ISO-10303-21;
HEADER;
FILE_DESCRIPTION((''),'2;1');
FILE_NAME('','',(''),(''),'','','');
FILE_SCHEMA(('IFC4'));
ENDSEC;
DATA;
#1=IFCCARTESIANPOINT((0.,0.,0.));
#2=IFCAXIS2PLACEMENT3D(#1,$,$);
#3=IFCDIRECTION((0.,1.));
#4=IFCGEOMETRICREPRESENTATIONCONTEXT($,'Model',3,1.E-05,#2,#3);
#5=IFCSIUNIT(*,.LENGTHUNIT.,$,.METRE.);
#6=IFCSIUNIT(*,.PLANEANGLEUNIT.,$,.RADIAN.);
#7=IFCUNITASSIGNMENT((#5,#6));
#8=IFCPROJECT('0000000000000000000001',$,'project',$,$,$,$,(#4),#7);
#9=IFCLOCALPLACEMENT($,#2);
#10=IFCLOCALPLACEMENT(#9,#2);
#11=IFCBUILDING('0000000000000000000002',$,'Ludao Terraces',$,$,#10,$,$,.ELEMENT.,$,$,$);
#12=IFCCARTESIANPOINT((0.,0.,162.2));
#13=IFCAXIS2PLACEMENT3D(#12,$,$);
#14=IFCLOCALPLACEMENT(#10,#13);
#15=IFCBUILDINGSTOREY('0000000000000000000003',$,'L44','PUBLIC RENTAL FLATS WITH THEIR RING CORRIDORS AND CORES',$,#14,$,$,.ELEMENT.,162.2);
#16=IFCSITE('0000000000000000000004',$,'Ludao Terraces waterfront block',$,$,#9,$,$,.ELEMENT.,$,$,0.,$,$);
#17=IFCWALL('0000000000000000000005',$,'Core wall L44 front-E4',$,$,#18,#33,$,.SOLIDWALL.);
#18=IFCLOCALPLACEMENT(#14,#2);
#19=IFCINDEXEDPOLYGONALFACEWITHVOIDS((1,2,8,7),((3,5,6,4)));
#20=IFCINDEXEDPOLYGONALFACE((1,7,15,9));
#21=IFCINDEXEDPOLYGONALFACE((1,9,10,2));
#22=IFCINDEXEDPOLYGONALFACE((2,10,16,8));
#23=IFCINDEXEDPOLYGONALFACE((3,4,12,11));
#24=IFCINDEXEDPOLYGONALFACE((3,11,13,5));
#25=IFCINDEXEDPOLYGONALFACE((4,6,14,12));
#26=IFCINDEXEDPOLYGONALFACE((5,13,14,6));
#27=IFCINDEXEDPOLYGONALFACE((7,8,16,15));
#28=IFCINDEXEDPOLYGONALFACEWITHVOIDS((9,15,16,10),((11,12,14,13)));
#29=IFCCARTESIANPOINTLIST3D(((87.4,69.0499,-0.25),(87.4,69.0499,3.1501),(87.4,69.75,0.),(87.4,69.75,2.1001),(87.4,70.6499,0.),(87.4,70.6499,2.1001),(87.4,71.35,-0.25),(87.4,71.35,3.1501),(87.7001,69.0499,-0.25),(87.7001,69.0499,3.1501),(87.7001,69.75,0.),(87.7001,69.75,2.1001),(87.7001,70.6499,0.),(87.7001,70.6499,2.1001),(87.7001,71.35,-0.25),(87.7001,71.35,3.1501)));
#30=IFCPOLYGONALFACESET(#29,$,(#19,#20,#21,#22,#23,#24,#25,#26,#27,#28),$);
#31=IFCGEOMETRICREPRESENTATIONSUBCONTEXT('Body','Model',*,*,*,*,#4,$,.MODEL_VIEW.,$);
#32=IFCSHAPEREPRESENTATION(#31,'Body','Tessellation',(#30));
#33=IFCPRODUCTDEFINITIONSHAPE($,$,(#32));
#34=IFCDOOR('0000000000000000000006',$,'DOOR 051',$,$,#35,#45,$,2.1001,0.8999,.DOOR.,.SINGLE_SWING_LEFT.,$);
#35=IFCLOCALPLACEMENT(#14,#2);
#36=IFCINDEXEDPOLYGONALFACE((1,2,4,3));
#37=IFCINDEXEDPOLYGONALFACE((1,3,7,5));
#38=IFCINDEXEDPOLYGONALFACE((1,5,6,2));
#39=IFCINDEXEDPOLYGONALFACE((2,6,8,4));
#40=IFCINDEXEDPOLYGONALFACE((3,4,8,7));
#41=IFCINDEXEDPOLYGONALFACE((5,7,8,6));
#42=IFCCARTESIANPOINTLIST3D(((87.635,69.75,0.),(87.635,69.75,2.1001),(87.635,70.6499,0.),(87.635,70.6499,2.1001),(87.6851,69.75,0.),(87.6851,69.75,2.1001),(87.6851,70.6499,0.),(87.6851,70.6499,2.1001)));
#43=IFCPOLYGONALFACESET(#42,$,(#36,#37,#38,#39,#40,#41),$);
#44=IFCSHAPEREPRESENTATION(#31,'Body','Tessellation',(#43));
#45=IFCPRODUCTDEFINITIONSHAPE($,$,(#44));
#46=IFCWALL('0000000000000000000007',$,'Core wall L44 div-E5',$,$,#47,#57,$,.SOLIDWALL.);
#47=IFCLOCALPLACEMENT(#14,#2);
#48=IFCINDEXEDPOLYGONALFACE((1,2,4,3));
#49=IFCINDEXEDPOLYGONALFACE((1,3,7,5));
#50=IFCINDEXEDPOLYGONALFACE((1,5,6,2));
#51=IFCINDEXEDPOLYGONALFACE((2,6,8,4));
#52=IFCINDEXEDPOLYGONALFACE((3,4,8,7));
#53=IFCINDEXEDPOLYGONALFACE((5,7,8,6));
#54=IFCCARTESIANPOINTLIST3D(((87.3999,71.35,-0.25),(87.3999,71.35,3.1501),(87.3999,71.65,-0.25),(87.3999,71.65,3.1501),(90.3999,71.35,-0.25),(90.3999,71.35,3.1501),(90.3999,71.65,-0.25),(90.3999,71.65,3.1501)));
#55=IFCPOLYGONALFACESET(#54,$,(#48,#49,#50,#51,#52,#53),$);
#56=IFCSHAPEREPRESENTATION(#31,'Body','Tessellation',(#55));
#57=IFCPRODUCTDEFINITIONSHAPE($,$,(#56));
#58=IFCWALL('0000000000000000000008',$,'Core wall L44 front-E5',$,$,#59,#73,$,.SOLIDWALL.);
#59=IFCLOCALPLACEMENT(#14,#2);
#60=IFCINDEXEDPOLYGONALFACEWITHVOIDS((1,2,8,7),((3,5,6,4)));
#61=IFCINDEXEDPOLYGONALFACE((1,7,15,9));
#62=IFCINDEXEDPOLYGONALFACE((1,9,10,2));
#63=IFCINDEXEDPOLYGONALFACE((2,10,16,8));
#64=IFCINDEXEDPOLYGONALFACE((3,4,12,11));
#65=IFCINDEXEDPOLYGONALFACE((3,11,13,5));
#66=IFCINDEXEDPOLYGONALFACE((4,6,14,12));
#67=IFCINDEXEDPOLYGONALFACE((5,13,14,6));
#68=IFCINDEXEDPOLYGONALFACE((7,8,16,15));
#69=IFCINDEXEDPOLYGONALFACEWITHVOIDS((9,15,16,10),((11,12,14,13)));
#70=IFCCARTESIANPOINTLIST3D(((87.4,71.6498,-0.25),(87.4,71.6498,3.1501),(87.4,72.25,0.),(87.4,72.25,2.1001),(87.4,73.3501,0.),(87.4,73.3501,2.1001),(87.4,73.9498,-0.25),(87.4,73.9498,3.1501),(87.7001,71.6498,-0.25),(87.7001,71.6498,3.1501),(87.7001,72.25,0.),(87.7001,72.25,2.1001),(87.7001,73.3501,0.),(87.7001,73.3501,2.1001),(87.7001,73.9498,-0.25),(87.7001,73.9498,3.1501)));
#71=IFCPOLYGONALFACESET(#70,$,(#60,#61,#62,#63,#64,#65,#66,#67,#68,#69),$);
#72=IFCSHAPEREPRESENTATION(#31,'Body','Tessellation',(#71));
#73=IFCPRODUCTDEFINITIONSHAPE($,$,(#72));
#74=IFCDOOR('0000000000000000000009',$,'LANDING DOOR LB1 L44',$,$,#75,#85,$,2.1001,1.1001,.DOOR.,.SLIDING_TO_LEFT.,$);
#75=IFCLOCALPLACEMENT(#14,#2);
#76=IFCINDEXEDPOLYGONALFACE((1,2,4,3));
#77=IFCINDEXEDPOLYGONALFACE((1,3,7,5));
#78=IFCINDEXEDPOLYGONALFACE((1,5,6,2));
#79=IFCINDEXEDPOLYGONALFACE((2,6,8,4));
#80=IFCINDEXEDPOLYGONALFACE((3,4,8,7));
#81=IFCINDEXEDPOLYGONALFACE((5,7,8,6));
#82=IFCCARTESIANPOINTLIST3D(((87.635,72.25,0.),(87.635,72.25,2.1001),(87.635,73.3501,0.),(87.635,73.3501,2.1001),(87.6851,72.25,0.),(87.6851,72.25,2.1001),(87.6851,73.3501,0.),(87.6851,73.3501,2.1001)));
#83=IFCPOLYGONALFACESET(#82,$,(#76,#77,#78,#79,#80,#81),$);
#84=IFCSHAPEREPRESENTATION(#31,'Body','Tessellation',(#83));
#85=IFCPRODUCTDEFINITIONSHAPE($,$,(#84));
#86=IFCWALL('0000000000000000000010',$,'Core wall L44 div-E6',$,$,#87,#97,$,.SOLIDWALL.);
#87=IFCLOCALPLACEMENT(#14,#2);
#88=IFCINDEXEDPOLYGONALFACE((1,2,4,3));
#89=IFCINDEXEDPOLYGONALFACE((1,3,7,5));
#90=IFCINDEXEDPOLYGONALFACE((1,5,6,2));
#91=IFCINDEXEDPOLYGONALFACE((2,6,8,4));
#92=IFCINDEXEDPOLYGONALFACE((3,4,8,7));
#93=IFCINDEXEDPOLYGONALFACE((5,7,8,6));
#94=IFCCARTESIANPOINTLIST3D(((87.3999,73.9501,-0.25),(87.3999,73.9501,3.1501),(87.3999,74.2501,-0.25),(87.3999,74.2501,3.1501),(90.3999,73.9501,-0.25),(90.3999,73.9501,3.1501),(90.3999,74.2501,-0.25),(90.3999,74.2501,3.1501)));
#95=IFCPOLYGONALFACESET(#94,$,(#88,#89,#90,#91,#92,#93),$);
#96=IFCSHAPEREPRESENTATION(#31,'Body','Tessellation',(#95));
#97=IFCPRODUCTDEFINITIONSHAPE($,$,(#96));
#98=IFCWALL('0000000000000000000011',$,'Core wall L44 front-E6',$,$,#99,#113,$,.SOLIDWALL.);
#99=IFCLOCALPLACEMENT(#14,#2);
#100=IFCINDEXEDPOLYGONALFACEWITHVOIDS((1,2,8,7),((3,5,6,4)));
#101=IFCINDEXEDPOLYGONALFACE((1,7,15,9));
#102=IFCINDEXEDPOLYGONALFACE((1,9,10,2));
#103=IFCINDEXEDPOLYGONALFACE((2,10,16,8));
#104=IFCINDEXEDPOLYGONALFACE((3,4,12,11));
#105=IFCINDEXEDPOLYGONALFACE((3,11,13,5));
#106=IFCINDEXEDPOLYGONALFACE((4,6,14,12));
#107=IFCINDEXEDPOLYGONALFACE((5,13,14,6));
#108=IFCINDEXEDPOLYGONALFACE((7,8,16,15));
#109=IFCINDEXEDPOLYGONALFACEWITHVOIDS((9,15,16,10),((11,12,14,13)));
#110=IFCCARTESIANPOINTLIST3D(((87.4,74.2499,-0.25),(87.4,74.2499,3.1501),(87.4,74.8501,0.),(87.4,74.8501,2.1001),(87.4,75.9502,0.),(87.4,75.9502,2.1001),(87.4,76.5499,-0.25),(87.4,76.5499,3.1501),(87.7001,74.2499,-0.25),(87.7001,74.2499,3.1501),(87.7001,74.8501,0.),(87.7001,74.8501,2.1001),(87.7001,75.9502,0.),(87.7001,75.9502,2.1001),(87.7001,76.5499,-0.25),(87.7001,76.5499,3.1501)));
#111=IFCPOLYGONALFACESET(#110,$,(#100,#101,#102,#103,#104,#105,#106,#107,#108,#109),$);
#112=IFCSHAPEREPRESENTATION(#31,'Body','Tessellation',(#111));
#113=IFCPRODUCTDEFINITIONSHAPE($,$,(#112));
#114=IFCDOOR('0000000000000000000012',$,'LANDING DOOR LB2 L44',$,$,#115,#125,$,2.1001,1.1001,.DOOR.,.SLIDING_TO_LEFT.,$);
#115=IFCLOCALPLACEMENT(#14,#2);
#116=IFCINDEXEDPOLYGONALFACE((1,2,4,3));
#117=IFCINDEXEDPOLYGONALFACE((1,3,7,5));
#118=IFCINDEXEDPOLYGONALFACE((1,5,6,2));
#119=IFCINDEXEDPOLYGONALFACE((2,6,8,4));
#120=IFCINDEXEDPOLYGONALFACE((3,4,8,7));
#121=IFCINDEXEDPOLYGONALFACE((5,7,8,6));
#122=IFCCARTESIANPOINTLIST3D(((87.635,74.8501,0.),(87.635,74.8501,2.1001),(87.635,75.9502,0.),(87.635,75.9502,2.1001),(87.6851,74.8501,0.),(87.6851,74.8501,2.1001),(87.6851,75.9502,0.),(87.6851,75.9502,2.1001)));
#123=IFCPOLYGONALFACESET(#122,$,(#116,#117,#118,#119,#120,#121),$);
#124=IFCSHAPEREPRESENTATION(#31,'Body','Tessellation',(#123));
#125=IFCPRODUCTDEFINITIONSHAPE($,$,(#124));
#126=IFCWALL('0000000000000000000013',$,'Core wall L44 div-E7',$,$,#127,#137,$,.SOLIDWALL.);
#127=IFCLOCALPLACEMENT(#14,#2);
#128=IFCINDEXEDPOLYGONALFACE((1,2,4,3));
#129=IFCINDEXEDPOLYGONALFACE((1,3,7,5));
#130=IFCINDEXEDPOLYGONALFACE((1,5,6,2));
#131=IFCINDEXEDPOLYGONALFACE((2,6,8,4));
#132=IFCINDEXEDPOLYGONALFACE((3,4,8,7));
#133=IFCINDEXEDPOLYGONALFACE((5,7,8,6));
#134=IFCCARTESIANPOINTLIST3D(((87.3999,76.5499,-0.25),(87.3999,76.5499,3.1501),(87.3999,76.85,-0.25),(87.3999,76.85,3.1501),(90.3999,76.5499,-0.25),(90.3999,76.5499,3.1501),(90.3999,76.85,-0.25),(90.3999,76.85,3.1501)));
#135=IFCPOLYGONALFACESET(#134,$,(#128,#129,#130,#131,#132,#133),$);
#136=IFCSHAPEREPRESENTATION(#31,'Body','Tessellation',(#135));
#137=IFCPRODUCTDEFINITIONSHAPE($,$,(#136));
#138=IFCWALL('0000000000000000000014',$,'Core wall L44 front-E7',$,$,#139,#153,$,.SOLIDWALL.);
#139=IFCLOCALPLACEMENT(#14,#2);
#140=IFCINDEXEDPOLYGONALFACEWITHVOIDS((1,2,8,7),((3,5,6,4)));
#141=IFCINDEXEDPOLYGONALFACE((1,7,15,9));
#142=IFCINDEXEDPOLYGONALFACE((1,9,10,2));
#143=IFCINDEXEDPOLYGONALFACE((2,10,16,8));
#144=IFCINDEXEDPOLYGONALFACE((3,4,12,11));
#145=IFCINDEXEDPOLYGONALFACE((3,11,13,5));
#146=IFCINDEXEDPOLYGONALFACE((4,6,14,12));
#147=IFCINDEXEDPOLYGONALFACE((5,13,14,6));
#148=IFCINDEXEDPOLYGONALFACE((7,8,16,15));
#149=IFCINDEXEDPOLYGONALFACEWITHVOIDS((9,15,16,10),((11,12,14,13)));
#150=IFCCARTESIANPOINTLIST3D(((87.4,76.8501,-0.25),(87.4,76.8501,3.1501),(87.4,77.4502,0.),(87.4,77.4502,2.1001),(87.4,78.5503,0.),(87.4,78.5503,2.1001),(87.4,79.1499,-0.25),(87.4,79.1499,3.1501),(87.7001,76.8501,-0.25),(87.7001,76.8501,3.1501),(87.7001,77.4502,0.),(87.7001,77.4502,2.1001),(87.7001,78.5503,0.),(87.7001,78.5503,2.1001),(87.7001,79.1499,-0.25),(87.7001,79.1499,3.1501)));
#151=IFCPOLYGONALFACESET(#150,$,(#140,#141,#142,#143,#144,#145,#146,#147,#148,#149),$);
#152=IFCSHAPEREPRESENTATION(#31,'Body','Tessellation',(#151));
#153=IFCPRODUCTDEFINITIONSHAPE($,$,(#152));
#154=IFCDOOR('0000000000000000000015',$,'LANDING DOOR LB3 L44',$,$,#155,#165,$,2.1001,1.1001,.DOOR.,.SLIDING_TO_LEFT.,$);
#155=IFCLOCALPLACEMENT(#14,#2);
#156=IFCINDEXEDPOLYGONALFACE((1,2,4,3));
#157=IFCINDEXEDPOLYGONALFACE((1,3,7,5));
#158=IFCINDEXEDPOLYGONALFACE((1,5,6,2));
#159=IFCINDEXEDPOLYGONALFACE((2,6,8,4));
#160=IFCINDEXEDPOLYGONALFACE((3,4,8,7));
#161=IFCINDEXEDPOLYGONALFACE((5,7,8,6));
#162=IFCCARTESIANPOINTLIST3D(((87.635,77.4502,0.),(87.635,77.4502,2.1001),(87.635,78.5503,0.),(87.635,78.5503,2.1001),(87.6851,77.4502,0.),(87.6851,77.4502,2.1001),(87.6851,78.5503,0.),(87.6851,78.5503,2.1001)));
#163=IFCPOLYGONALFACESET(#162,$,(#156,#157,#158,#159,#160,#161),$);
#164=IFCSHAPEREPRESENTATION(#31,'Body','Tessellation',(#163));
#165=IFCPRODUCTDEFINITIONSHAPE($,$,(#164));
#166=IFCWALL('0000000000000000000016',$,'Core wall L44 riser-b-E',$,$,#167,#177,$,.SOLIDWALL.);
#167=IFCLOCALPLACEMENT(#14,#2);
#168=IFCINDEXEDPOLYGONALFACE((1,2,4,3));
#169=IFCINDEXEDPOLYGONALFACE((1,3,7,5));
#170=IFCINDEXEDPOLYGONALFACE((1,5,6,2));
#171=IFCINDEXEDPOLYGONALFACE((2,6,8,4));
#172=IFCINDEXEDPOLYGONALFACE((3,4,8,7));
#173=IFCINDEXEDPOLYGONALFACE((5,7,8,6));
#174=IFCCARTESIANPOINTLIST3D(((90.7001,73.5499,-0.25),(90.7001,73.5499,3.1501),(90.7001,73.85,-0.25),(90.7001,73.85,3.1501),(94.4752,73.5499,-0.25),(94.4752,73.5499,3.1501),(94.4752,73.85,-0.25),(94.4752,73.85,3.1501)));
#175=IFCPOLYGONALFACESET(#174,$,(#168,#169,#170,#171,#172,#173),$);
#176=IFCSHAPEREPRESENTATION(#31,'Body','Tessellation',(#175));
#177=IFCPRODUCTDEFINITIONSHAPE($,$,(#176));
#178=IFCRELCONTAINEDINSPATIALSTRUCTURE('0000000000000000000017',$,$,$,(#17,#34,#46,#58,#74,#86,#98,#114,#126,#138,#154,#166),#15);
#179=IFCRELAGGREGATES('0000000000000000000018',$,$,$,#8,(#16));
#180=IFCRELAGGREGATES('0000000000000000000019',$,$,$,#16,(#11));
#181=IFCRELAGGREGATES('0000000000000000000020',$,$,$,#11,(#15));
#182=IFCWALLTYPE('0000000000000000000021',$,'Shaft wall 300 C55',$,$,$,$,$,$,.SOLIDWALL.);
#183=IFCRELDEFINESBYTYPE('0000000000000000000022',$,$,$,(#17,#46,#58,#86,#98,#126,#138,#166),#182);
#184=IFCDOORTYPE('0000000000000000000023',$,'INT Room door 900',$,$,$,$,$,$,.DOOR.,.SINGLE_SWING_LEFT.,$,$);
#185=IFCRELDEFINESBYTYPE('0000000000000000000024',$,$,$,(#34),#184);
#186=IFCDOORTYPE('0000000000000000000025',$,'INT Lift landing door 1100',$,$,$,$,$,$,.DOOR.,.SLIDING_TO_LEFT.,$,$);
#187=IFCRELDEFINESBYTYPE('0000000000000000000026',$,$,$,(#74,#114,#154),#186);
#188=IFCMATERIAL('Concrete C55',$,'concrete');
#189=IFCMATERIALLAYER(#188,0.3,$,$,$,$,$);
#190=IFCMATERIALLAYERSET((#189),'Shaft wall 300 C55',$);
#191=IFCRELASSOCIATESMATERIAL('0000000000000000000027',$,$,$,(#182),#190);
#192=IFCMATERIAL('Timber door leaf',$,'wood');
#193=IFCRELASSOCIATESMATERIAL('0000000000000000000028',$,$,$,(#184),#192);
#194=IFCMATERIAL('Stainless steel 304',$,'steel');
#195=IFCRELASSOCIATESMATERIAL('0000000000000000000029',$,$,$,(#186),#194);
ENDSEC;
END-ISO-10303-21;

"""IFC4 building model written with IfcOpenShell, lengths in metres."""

from ifc_helpers import new_model, si_unit, direction, frame, frame_2d, origin, place, context, subcontext, project, spatial, rectangle, extrude, material, layer, layer_set, type_object, element, fill, save


model = new_model("IFC4")

# Units and contexts
model_context = context("Model", 3, precision=1e-05, world=origin(), true_north=direction((0.0, 1.0)))
body_context = subcontext(model_context, "Body", "Model", "MODEL_VIEW")
ifc_project = project(units=[si_unit("LENGTHUNIT", "METRE"), si_unit("PLANEANGLEUNIT", "RADIAN")], contexts=[model_context])

# Site, building, storey
site_placement = place(None, origin())
site = spatial("IfcSite", under=ifc_project, at=site_placement, Name="Ludao Terraces waterfront block", CompositionType="ELEMENT", RefElevation=0.0)
building_placement = place(site_placement, origin())
building = spatial("IfcBuilding", under=site, at=building_placement, Name="Ludao Terraces", CompositionType="ELEMENT")
storey_placement = place(building_placement, frame((0.0, 0.0, 162.2)))
storey = spatial("IfcBuildingStorey", under=building, at=storey_placement, Name="L44", Description="PUBLIC RENTAL FLATS WITH THEIR RING CORRIDORS AND CORES", CompositionType="ELEMENT", Elevation=162.2)

# Shared definitions
ifc_material_1 = material(Name="Concrete C55", Category="concrete")
ifc_layer_1 = layer(ifc_material_1, 0.3)
ifc_layer_set_1 = layer_set([ifc_layer_1], Name="Shaft wall 300 C55")
wall_type_1 = type_object("IfcWallType", Name="Shaft wall 300 C55", PredefinedType="SOLIDWALL", material=ifc_layer_set_1)

# Shared definitions
ifc_material_2 = material(Name="Timber door leaf", Category="wood")
door_type_1 = type_object("IfcDoorType", Name="INT Room door 900", OperationType="SINGLE_SWING_LEFT", PredefinedType="DOOR", material=ifc_material_2)

# Wall, opening, door
wall_1_placement = place(storey_placement, frame((87.55, 69.05, -0.25), z_axis=(0.0, 0.0, 1.0), x_axis=(0.0, 1.0, 0.0)))
wall_1 = element("IfcWall", 1, at=wall_1_placement, inside=storey, type_object=wall_type_1, Name="Core wall L44 front-E4", PredefinedType="SOLIDWALL", context=body_context, shape_type="SweptSolid", body=[
    extrude(rectangle(XDim=2.3, YDim=0.3, at=frame_2d((1.1499, 0.0))), origin(), (0.0, 0.0, 1.0), 3.4001),
])
opening_1_placement = place(wall_1_placement, frame((0.7, 0.0, 0.25)))
opening_1 = element("IfcOpeningElement", 2, at=opening_1_placement, cuts=wall_1, PredefinedType="OPENING", context=body_context, shape_type="SweptSolid", body=[
    extrude(rectangle(XDim=0.8999, YDim=2.1001, at=frame_2d((0.45, 1.05))), frame((0.0, 0.1602, 0.0), z_axis=(0.0, -1.0, 0.0), x_axis=(1.0, 0.0, 0.0)), (0.0, 0.0, 1.0), 0.3201),
])
door_1_placement = place(opening_1_placement, origin())
door_1 = element("IfcDoor", 3, at=door_1_placement, inside=storey, type_object=door_type_1, Name="DOOR 051", OperationType="SINGLE_SWING_LEFT", OverallHeight=2.1001, OverallWidth=0.8999, PredefinedType="DOOR", context=body_context, shape_type="SweptSolid", body=[
    extrude(rectangle(XDim=0.8999, YDim=2.1001, at=frame_2d((0.45, 1.05))), frame((0.0, -0.085, 0.0), z_axis=(0.0, -1.0, 0.0), x_axis=(1.0, 0.0, 0.0)), (0.0, 0.0, 1.0), 0.05),
])
fill(opening_1, door_1)

# Wall
wall_2_placement = place(storey_placement, frame((87.3999, 71.5, -0.25), z_axis=(0.0, 0.0, 1.0), x_axis=(1.0, 0.0, 0.0)))
element("IfcWall", 4, at=wall_2_placement, inside=storey, type_object=wall_type_1, Name="Core wall L44 div-E5", PredefinedType="SOLIDWALL", context=body_context, shape_type="SweptSolid", body=[
    extrude(rectangle(XDim=3.0, YDim=0.3, at=frame_2d((1.5, 0.0))), origin(), (0.0, 0.0, 1.0), 3.4001),
])

# Wall, opening, door
wall_3_placement = place(storey_placement, frame((87.55, 71.6499, -0.25), z_axis=(0.0, 0.0, 1.0), x_axis=(0.0, 1.0, 0.0)))
wall_3 = element("IfcWall", 5, at=wall_3_placement, inside=storey, type_object=wall_type_1, Name="Core wall L44 front-E5", PredefinedType="SOLIDWALL", context=body_context, shape_type="SweptSolid", body=[
    extrude(rectangle(XDim=2.3, YDim=0.3, at=frame_2d((1.1499, 0.0))), origin(), (0.0, 0.0, 1.0), 3.4001),
])
opening_2_placement = place(wall_3_placement, frame((0.6001, 0.0, 0.25)))
opening_2 = element("IfcOpeningElement", 6, at=opening_2_placement, cuts=wall_3, PredefinedType="OPENING", context=body_context, shape_type="SweptSolid", body=[
    extrude(rectangle(XDim=1.1001, YDim=2.1001, at=frame_2d((0.55, 1.05))), frame((0.0, 0.1602, 0.0), z_axis=(0.0, -1.0, 0.0), x_axis=(1.0, 0.0, 0.0)), (0.0, 0.0, 1.0), 0.3201),
])
ifc_material_3 = material(Name="Stainless steel 304", Category="steel")
door_type_2 = type_object("IfcDoorType", Name="INT Lift landing door 1100", OperationType="SLIDING_TO_LEFT", PredefinedType="DOOR", material=ifc_material_3)
door_2_placement = place(opening_2_placement, origin())
door_2 = element("IfcDoor", 7, at=door_2_placement, inside=storey, type_object=door_type_2, Name="LANDING DOOR LB1 L44", OperationType="SLIDING_TO_LEFT", OverallHeight=2.1001, OverallWidth=1.1001, PredefinedType="DOOR", context=body_context, shape_type="SweptSolid", body=[
    extrude(rectangle(XDim=1.1001, YDim=2.1001, at=frame_2d((0.55, 1.05))), frame((0.0, -0.085, 0.0), z_axis=(0.0, -1.0, 0.0), x_axis=(1.0, 0.0, 0.0)), (0.0, 0.0, 1.0), 0.05),
])
fill(opening_2, door_2)

# Wall
wall_4_placement = place(storey_placement, frame((87.3999, 74.1001, -0.25), z_axis=(0.0, 0.0, 1.0), x_axis=(1.0, 0.0, 0.0)))
element("IfcWall", 8, at=wall_4_placement, inside=storey, type_object=wall_type_1, Name="Core wall L44 div-E6", PredefinedType="SOLIDWALL", context=body_context, shape_type="SweptSolid", body=[
    extrude(rectangle(XDim=3.0, YDim=0.3, at=frame_2d((1.5, 0.0))), origin(), (0.0, 0.0, 1.0), 3.4001),
])

# Wall, opening, door
wall_5_placement = place(storey_placement, frame((87.55, 74.25, -0.25), z_axis=(0.0, 0.0, 1.0), x_axis=(0.0, 1.0, 0.0)))
wall_5 = element("IfcWall", 9, at=wall_5_placement, inside=storey, type_object=wall_type_1, Name="Core wall L44 front-E6", PredefinedType="SOLIDWALL", context=body_context, shape_type="SweptSolid", body=[
    extrude(rectangle(XDim=2.3, YDim=0.3, at=frame_2d((1.1499, 0.0))), origin(), (0.0, 0.0, 1.0), 3.4001),
])
opening_3_placement = place(wall_5_placement, frame((0.6001, 0.0, 0.25)))
opening_3 = element("IfcOpeningElement", 10, at=opening_3_placement, cuts=wall_5, PredefinedType="OPENING", context=body_context, shape_type="SweptSolid", body=[
    extrude(rectangle(XDim=1.1001, YDim=2.1001, at=frame_2d((0.55, 1.05))), frame((0.0, 0.1602, 0.0), z_axis=(0.0, -1.0, 0.0), x_axis=(1.0, 0.0, 0.0)), (0.0, 0.0, 1.0), 0.3201),
])
door_3_placement = place(opening_3_placement, origin())
door_3 = element("IfcDoor", 11, at=door_3_placement, inside=storey, type_object=door_type_2, Name="LANDING DOOR LB2 L44", OperationType="SLIDING_TO_LEFT", OverallHeight=2.1001, OverallWidth=1.1001, PredefinedType="DOOR", context=body_context, shape_type="SweptSolid", body=[
    extrude(rectangle(XDim=1.1001, YDim=2.1001, at=frame_2d((0.55, 1.05))), frame((0.0, -0.085, 0.0), z_axis=(0.0, -1.0, 0.0), x_axis=(1.0, 0.0, 0.0)), (0.0, 0.0, 1.0), 0.05),
])
fill(opening_3, door_3)

# Wall
wall_6_placement = place(storey_placement, frame((87.3999, 76.7, -0.25), z_axis=(0.0, 0.0, 1.0), x_axis=(1.0, 0.0, 0.0)))
element("IfcWall", 12, at=wall_6_placement, inside=storey, type_object=wall_type_1, Name="Core wall L44 div-E7", PredefinedType="SOLIDWALL", context=body_context, shape_type="SweptSolid", body=[
    extrude(rectangle(XDim=3.0, YDim=0.3, at=frame_2d((1.5, 0.0))), origin(), (0.0, 0.0, 1.0), 3.4001),
])

# Wall, opening, door
wall_7_placement = place(storey_placement, frame((87.55, 76.8501, -0.25), z_axis=(0.0, 0.0, 1.0), x_axis=(0.0, 1.0, 0.0)))
wall_7 = element("IfcWall", 13, at=wall_7_placement, inside=storey, type_object=wall_type_1, Name="Core wall L44 front-E7", PredefinedType="SOLIDWALL", context=body_context, shape_type="SweptSolid", body=[
    extrude(rectangle(XDim=2.2998, YDim=0.3, at=frame_2d((1.1499, 0.0))), origin(), (0.0, 0.0, 1.0), 3.4001),
])
opening_4_placement = place(wall_7_placement, frame((0.6001, 0.0, 0.25)))
opening_4 = element("IfcOpeningElement", 14, at=opening_4_placement, cuts=wall_7, PredefinedType="OPENING", context=body_context, shape_type="SweptSolid", body=[
    extrude(rectangle(XDim=1.1001, YDim=2.1001, at=frame_2d((0.55, 1.05))), frame((0.0, 0.1602, 0.0), z_axis=(0.0, -1.0, 0.0), x_axis=(1.0, 0.0, 0.0)), (0.0, 0.0, 1.0), 0.3201),
])
door_4_placement = place(opening_4_placement, origin())
door_4 = element("IfcDoor", 15, at=door_4_placement, inside=storey, type_object=door_type_2, Name="LANDING DOOR LB3 L44", OperationType="SLIDING_TO_LEFT", OverallHeight=2.1001, OverallWidth=1.1001, PredefinedType="DOOR", context=body_context, shape_type="SweptSolid", body=[
    extrude(rectangle(XDim=1.1001, YDim=2.1001, at=frame_2d((0.55, 1.05))), frame((0.0, -0.085, 0.0), z_axis=(0.0, -1.0, 0.0), x_axis=(1.0, 0.0, 0.0)), (0.0, 0.0, 1.0), 0.05),
])
fill(opening_4, door_4)

# Wall
wall_8_placement = place(storey_placement, frame((90.7, 73.7, -0.25), z_axis=(0.0, 0.0, 1.0), x_axis=(1.0, 0.0, 0.0)))
element("IfcWall", 16, at=wall_8_placement, inside=storey, type_object=wall_type_1, Name="Core wall L44 riser-b-E", PredefinedType="SOLIDWALL", context=body_context, shape_type="SweptSolid", body=[
    extrude(rectangle(XDim=3.7751, YDim=0.3, at=frame_2d((1.8877, 0.0))), origin(), (0.0, 0.0, 1.0), 3.4001),
])

save(model, "model.ifc")
